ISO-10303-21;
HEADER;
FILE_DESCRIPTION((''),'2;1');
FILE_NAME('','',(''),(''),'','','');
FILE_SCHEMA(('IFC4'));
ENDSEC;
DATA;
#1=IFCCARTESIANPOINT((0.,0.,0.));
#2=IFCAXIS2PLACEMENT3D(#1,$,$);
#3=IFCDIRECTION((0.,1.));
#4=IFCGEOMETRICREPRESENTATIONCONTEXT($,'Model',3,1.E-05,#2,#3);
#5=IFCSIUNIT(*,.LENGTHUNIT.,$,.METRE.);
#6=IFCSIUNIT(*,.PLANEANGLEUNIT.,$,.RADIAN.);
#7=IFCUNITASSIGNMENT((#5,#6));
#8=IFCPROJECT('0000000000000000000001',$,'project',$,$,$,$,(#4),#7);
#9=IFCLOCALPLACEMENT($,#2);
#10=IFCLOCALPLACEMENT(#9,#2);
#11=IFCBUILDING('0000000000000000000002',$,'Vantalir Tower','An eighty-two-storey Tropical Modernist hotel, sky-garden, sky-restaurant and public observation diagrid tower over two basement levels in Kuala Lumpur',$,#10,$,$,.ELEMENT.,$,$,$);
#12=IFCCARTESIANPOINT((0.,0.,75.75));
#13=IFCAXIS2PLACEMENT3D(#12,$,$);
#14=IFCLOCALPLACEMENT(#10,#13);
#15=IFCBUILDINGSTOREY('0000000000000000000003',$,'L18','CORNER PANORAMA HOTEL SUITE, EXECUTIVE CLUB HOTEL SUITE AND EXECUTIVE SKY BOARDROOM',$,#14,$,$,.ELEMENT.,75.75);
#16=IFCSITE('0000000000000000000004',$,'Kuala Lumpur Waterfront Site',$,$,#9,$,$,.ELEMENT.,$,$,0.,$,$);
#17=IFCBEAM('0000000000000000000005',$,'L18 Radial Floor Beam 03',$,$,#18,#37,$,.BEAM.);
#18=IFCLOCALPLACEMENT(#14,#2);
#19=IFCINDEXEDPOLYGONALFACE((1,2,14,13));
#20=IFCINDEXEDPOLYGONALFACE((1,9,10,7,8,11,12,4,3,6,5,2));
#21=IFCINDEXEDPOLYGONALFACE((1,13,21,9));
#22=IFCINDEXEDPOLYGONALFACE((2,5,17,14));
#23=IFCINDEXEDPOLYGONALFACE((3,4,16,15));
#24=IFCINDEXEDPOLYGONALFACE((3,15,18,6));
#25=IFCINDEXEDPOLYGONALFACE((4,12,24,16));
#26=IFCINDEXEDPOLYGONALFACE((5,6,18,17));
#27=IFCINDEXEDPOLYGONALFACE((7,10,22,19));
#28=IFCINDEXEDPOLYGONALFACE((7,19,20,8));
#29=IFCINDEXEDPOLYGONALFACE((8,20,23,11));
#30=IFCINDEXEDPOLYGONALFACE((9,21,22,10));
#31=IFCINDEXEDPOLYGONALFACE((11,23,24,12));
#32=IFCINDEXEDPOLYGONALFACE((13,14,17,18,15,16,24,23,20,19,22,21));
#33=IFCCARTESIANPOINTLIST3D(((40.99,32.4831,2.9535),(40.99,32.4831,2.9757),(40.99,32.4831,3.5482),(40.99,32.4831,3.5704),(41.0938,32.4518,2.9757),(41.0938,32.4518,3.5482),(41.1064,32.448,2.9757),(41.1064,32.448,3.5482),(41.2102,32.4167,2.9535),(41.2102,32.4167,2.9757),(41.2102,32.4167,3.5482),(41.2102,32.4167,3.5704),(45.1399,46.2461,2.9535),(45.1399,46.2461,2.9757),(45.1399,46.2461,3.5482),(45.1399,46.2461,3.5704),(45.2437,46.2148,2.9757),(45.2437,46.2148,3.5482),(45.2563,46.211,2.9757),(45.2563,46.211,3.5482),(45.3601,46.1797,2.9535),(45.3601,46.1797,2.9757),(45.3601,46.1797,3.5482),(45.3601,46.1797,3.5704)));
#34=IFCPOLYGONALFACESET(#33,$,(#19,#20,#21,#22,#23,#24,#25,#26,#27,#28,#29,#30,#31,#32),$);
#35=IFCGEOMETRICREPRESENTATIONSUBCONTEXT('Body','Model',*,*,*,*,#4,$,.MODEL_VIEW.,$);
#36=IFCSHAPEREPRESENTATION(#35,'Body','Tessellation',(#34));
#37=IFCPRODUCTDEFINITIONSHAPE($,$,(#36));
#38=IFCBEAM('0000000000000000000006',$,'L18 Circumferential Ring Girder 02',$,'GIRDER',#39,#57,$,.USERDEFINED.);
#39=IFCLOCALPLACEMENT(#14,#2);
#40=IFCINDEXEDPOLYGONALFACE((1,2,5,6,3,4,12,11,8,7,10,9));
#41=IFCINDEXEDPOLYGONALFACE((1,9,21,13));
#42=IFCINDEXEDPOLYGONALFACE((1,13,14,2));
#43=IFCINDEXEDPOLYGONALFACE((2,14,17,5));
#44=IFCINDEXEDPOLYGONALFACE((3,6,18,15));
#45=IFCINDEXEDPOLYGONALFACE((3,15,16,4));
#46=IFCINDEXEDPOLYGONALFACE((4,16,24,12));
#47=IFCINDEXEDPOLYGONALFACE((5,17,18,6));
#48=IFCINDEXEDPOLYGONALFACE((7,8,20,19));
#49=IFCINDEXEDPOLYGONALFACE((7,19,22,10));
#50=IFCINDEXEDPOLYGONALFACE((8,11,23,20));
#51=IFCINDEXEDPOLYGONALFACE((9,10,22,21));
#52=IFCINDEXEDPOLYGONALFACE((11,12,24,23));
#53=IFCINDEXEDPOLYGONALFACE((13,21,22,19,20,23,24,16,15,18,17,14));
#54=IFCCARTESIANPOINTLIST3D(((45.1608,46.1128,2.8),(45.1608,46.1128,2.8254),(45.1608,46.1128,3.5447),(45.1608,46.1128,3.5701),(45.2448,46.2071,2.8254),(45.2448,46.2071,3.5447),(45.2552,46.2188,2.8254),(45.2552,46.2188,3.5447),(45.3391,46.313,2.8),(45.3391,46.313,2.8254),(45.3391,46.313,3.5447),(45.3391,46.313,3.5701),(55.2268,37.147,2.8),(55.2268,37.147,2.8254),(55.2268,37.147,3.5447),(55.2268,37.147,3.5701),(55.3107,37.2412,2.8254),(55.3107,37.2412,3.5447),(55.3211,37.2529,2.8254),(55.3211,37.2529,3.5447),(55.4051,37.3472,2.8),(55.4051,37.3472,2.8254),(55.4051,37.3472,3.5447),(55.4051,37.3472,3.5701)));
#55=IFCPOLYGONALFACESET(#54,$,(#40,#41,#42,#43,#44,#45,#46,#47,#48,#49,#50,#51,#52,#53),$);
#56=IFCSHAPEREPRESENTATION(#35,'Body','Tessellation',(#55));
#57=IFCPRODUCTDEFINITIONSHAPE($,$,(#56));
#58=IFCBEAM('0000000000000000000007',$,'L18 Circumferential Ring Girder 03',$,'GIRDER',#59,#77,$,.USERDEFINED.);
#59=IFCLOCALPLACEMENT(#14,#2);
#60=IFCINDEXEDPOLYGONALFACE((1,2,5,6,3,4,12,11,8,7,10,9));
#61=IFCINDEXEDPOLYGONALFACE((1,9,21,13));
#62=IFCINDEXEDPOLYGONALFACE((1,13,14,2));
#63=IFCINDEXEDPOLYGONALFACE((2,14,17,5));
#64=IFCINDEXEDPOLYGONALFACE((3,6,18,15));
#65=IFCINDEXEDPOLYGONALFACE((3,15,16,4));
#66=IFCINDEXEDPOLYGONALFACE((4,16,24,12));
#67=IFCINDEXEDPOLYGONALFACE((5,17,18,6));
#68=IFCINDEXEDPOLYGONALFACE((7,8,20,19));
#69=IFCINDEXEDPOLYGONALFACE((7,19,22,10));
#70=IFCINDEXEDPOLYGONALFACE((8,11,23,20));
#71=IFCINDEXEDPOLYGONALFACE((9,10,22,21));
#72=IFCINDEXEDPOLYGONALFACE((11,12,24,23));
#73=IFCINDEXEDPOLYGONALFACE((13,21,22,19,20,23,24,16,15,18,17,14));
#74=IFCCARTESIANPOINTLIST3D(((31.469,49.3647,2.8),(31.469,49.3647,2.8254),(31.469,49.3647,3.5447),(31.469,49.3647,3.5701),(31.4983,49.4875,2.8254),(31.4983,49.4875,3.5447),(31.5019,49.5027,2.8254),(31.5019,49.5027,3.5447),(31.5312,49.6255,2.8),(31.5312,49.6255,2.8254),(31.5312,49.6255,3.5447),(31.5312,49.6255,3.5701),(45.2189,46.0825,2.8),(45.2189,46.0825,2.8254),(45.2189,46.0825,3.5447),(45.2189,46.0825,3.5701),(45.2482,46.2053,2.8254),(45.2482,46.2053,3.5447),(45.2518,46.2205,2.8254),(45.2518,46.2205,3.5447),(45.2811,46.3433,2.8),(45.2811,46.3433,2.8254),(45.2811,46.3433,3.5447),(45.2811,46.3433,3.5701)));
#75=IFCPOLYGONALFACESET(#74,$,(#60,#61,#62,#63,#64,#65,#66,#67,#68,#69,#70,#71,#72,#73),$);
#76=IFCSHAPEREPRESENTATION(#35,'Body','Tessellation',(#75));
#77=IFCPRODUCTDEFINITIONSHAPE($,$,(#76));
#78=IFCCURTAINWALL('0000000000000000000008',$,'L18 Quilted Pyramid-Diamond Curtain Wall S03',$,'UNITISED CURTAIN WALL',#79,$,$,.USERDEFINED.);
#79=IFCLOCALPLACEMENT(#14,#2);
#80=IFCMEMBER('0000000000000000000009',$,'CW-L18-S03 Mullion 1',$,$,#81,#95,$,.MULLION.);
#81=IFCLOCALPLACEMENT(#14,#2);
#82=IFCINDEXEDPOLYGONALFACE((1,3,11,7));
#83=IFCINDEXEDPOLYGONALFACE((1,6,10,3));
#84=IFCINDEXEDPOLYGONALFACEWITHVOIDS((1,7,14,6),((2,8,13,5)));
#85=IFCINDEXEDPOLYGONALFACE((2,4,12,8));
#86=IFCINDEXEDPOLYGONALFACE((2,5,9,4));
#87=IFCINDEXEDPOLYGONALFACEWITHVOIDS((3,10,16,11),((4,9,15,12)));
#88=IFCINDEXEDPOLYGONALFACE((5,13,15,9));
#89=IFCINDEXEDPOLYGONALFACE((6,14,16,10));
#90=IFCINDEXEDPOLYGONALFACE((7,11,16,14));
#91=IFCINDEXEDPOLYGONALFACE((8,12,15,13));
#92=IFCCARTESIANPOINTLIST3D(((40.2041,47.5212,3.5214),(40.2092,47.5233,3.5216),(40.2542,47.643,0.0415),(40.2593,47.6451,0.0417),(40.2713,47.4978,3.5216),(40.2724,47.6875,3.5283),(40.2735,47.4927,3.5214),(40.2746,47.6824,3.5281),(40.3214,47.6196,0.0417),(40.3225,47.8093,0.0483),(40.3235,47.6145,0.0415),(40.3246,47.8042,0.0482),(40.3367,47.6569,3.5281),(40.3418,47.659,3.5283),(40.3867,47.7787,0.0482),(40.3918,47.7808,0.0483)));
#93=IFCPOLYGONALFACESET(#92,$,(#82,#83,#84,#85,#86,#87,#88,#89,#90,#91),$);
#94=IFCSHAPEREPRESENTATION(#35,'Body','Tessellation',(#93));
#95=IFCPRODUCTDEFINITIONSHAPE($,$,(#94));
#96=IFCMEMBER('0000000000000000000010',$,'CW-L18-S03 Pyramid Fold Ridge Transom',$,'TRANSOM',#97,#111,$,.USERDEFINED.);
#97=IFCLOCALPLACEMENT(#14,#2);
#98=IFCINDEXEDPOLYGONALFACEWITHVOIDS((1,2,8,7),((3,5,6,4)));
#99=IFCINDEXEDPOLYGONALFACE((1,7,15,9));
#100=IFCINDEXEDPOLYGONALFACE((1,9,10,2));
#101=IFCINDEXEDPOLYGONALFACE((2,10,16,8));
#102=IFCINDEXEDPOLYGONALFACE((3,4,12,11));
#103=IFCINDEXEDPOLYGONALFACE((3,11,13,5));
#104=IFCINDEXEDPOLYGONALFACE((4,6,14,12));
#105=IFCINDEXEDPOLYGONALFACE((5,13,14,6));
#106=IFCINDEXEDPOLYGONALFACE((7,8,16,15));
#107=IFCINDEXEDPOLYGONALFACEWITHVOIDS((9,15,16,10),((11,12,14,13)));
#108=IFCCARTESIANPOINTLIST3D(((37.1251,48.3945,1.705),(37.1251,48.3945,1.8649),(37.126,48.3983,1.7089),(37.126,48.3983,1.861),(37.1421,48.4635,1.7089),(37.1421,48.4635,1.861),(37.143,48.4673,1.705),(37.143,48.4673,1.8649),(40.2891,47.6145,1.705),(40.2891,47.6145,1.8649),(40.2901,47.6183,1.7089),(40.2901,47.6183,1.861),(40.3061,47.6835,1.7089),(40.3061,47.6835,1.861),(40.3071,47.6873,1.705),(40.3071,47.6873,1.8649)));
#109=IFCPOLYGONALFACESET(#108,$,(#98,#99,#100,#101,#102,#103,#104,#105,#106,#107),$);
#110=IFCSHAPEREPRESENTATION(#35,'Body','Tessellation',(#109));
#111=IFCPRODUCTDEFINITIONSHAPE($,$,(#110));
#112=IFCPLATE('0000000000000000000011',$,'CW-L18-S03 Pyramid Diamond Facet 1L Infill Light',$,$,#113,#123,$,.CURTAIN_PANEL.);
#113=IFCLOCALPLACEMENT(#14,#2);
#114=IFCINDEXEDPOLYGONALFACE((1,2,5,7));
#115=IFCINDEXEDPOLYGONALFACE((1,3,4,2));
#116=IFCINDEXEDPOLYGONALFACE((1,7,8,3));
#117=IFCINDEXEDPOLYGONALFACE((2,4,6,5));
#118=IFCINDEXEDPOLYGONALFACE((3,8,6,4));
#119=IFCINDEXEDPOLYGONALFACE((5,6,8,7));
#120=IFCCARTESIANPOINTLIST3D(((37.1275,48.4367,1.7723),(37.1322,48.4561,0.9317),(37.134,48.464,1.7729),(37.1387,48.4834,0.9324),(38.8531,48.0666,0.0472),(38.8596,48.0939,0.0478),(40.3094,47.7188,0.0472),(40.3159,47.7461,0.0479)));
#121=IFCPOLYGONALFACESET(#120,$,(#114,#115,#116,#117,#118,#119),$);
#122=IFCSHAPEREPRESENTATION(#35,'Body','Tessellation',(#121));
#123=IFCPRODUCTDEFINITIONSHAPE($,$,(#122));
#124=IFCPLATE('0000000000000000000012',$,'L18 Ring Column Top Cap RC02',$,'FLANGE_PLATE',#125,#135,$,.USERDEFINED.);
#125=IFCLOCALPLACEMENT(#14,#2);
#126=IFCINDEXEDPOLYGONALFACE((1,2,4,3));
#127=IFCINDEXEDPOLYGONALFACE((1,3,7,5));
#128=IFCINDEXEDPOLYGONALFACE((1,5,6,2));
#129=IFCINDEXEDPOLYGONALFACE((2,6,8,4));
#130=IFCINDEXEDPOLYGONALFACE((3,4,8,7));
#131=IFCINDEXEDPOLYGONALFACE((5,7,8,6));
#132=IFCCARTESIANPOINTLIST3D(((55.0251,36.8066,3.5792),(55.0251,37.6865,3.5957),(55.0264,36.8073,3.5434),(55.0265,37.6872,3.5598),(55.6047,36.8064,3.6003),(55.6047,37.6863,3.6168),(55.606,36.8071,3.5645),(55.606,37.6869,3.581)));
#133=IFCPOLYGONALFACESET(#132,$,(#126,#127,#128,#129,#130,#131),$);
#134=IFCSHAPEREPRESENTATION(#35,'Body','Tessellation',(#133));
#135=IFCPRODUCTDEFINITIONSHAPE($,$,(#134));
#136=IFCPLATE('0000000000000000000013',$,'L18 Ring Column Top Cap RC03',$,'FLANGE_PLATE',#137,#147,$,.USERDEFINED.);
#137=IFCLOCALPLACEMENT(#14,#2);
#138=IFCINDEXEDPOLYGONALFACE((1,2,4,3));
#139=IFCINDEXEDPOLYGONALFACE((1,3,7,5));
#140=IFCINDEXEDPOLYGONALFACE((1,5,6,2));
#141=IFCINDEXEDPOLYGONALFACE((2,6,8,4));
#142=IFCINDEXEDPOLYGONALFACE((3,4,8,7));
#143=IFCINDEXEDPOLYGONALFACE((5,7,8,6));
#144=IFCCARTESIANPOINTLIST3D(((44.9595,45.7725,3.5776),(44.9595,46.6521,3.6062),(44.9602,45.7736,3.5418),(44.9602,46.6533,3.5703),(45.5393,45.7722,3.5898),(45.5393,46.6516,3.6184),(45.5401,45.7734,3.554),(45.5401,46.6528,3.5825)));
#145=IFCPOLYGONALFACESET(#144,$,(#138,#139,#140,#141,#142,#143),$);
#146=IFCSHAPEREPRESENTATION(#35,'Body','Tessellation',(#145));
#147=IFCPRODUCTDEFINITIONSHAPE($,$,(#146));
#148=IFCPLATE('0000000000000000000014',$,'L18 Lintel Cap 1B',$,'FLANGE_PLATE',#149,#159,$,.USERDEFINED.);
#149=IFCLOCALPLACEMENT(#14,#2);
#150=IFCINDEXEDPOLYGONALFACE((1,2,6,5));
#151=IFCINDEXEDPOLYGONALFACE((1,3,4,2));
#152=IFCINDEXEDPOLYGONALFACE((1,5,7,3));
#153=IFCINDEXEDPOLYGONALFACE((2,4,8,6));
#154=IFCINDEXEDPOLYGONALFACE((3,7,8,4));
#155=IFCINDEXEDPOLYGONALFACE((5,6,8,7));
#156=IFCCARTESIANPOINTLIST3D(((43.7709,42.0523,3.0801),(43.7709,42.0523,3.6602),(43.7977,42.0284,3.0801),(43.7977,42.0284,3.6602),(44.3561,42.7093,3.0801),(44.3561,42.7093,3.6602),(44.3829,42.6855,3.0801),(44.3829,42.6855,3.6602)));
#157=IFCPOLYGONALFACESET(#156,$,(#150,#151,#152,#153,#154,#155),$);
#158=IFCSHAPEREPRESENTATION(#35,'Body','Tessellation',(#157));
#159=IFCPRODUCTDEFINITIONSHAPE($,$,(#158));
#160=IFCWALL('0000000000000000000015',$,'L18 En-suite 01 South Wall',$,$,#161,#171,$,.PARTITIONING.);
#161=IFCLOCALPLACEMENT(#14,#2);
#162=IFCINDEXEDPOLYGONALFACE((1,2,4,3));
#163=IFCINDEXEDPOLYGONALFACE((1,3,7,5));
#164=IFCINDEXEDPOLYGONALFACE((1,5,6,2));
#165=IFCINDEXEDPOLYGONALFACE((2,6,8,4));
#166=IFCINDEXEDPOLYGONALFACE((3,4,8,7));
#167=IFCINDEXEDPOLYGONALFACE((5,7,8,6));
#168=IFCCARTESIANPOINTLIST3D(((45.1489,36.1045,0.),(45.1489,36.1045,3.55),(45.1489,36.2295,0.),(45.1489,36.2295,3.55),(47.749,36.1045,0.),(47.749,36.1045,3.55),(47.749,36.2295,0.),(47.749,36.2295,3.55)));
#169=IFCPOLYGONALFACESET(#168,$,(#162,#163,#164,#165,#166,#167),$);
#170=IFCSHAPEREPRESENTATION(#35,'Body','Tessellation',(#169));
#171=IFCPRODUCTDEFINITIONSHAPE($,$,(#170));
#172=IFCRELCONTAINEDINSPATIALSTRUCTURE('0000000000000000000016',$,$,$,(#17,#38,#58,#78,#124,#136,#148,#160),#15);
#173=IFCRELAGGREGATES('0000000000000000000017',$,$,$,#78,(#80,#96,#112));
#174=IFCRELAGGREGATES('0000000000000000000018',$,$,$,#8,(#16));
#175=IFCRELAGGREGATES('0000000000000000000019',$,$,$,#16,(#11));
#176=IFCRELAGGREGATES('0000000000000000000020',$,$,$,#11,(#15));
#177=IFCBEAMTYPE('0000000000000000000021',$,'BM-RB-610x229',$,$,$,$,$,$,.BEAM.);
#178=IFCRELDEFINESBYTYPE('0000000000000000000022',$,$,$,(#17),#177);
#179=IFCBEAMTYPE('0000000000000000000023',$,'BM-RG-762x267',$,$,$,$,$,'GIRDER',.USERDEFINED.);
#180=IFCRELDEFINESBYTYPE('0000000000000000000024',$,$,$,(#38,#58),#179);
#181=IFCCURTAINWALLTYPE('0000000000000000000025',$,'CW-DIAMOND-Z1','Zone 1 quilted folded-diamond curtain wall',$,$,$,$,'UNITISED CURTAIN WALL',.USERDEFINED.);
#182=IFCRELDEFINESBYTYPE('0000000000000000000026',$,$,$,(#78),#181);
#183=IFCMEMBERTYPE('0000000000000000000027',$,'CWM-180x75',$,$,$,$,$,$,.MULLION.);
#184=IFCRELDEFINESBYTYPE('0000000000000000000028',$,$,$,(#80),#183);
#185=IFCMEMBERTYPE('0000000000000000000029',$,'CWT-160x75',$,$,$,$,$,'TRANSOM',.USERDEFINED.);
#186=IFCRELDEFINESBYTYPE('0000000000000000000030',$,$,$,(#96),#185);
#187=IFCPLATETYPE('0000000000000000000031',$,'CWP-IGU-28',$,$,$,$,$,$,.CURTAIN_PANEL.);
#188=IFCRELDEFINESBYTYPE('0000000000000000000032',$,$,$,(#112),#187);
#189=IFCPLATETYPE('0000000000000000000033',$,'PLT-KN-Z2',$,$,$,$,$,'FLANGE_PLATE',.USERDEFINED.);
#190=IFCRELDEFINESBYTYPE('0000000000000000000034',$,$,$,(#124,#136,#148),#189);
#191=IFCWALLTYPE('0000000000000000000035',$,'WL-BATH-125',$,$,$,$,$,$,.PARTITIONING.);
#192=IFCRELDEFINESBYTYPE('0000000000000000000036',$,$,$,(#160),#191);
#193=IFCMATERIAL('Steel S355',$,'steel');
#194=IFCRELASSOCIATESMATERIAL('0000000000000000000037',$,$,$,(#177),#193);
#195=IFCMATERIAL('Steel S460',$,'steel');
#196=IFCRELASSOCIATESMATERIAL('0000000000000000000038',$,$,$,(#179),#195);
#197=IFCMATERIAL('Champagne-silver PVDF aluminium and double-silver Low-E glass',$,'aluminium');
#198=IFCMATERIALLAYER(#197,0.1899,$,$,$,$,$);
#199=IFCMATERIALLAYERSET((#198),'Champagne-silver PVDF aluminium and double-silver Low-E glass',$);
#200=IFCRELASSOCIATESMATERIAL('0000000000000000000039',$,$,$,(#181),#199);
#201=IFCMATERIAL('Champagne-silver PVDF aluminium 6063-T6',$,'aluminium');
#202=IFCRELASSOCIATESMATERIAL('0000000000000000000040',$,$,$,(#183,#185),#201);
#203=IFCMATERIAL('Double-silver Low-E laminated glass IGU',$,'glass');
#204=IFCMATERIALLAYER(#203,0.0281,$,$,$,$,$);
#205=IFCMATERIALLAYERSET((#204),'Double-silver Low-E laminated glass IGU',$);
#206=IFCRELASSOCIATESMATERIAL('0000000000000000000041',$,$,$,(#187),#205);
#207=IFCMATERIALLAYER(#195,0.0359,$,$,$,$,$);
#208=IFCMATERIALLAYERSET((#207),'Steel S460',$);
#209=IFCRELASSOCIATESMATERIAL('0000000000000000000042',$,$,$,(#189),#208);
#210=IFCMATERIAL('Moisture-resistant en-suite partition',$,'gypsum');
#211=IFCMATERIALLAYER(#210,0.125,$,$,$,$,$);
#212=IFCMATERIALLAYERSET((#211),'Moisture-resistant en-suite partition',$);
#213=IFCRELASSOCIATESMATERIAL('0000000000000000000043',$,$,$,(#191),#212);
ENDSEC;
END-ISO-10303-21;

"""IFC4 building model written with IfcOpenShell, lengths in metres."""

from ifc_helpers import new_model, si_unit, direction, frame, frame_2d, origin, origin_2d, place, context, subcontext, project, spatial, polyline, rectangle, hollow_rectangle, i_section, outline, extrude, material, layer, layer_set, material_profile, profile_set, type_object, element, aggregate, save


model = new_model("IFC4")

# Units and contexts
model_context = context("Model", 3, precision=1e-05, world=origin(), true_north=direction((0.0, 1.0)))
body_context = subcontext(model_context, "Body", "Model", "MODEL_VIEW")
ifc_project = project(units=[si_unit("LENGTHUNIT", "METRE"), si_unit("PLANEANGLEUNIT", "RADIAN")], contexts=[model_context])

# Site, building, storey
site_placement = place(None, origin())
site = spatial("IfcSite", under=ifc_project, at=site_placement, Name="Kuala Lumpur Waterfront Site", CompositionType="ELEMENT", RefElevation=0.0)
building_placement = place(site_placement, origin())
building = spatial("IfcBuilding", under=site, at=building_placement, Name="Vantalir Tower", Description="An eighty-two-storey Tropical Modernist hotel, sky-garden, sky-restaurant and public observation diagrid tower over two basement levels in Kuala Lumpur", CompositionType="ELEMENT")
storey_placement = place(building_placement, frame((0.0, 0.0, 75.75)))
storey = spatial("IfcBuildingStorey", under=building, at=storey_placement, Name="L18", Description="CORNER PANORAMA HOTEL SUITE, EXECUTIVE CLUB HOTEL SUITE AND EXECUTIVE SKY BOARDROOM", CompositionType="ELEMENT", Elevation=75.75)

# Shared definitions
ifc_material_1 = material(Name="Steel S460", Category="steel")

# Beams
ifc_material_2 = material(Name="Steel S355", Category="steel")
ifc_material_profile_1 = material_profile(ifc_material_2, i_section(OverallWidth=0.23, OverallDepth=0.6169, WebThickness=0.0132, FlangeThickness=0.0222, at=origin_2d()), Name="Steel S355")
ifc_profile_set_1 = profile_set([ifc_material_profile_1], Name="Steel S355")
beam_type_1 = type_object("IfcBeamType", Name="BM-RB-610x229", PredefinedType="BEAM", material=ifc_profile_set_1)
beam_1_placement = place(storey_placement, frame((45.25, 46.2129, 3.262), z_axis=(-0.288689, -0.957423, 0.0), x_axis=(0.957423, -0.288689, 0.0)))
element("IfcBeam", 1, at=beam_1_placement, inside=storey, type_object=beam_type_1, Name="L18 Radial Floor Beam 03", PredefinedType="BEAM", context=body_context, shape_type="SweptSolid", body=[
    extrude(i_section(OverallWidth=0.23, OverallDepth=0.6169, WebThickness=0.0132, FlangeThickness=0.0222, at=origin_2d()), origin(), (0.0, 0.0, 1.0), 14.375),
])
ifc_material_profile_2 = material_profile(ifc_material_1, i_section(OverallWidth=0.2681, OverallDepth=0.77, WebThickness=0.0156, FlangeThickness=0.0254, at=origin_2d()), Name="Steel S460")
ifc_profile_set_2 = profile_set([ifc_material_profile_2], Name="Steel S460")
beam_type_2 = type_object("IfcBeamType", Name="BM-RG-762x267", ElementType="GIRDER", PredefinedType="USERDEFINED", material=ifc_profile_set_2)
beam_2_placement = place(storey_placement, frame((55.3159, 37.2471, 3.1851), z_axis=(-0.746733, 0.665123, 0.0), x_axis=(-0.665123, -0.746733, 0.0)))
element("IfcBeam", 2, at=beam_2_placement, inside=storey, type_object=beam_type_2, Name="L18 Circumferential Ring Girder 02", ObjectType="GIRDER", PredefinedType="USERDEFINED", context=body_context, shape_type="SweptSolid", body=[
    extrude(i_section(OverallWidth=0.2681, OverallDepth=0.77, WebThickness=0.0156, FlangeThickness=0.0254, at=origin_2d()), origin(), (0.0, 0.0, 1.0), 13.48),
])
beam_3_placement = place(storey_placement, frame((45.25, 46.2129, 3.1851), z_axis=(-0.972672, 0.232184, 0.0), x_axis=(-0.232184, -0.972672, 0.0)))
element("IfcBeam", 3, at=beam_3_placement, inside=storey, type_object=beam_type_2, Name="L18 Circumferential Ring Girder 03", ObjectType="GIRDER", PredefinedType="USERDEFINED", context=body_context, shape_type="SweptSolid", body=[
    extrude(i_section(OverallWidth=0.2681, OverallDepth=0.77, WebThickness=0.0156, FlangeThickness=0.0254, at=origin_2d()), origin(), (0.0, 0.0, 1.0), 14.1362),
])

# Curtain wall, members, plate
ifc_material_3 = material(Name="Champagne-silver PVDF aluminium and double-silver Low-E glass", Category="aluminium")
ifc_layer_1 = layer(ifc_material_3, 0.1899)
ifc_layer_set_1 = layer_set([ifc_layer_1], Name="Champagne-silver PVDF aluminium and double-silver Low-E glass")
curtain_wall_type = type_object("IfcCurtainWallType", Name="CW-DIAMOND-Z1", Description="Zone 1 quilted folded-diamond curtain wall", ElementType="UNITISED CURTAIN WALL", PredefinedType="USERDEFINED", material=ifc_layer_set_1)
curtain_wall_placement = place(storey_placement, origin())
curtain_wall = element("IfcCurtainWall", 4, at=curtain_wall_placement, inside=storey, type_object=curtain_wall_type, Name="L18 Quilted Pyramid-Diamond Curtain Wall S03", ObjectType="UNITISED CURTAIN WALL", PredefinedType="USERDEFINED")
ifc_material_4 = material(Name="Champagne-silver PVDF aluminium 6063-T6", Category="aluminium")
ifc_material_profile_3 = material_profile(ifc_material_4, hollow_rectangle(XDim=0.075, YDim=0.1799, WallThickness=0.0039, at=origin_2d()), Name="Champagne-silver PVDF aluminium 6063-T6")
ifc_profile_set_3 = profile_set([ifc_material_profile_3], Name="Champagne-silver PVDF aluminium 6063-T6")
member_type_1 = type_object("IfcMemberType", Name="CWM-180x75", PredefinedType="MULLION", material=ifc_profile_set_3)
member_1_placement = place(storey_placement, frame((40.323, 47.7119, 0.0449), z_axis=(-0.014372, -0.034983, 0.999285), x_axis=(0.924985, -0.380004, 0.0)))
member_1 = element("IfcMember", 5, at=member_1_placement, type_object=member_type_1, Name="CW-L18-S03 Mullion 1", PredefinedType="MULLION", context=body_context, shape_type="SweptSolid", body=[
    extrude(hollow_rectangle(XDim=0.075, YDim=0.1799, WallThickness=0.0039, at=origin_2d()), origin(), (0.0, 0.0, 1.0), 3.4824),
])
ifc_material_profile_4 = material_profile(ifc_material_4, hollow_rectangle(XDim=0.075, YDim=0.1599, WallThickness=0.0039, at=origin_2d()), Name="Champagne-silver PVDF aluminium 6063-T6")
ifc_profile_set_4 = profile_set([ifc_material_profile_4], Name="Champagne-silver PVDF aluminium 6063-T6")
member_type_2 = type_object("IfcMemberType", Name="CWT-160x75", ElementType="TRANSOM", PredefinedType="USERDEFINED", material=ifc_profile_set_4)
member_2_placement = place(storey_placement, frame((40.2981, 47.6509, 1.7849), z_axis=(-0.970931, 0.239361, 0.0), x_axis=(-0.239361, -0.970931, 0.0)))
member_2 = element("IfcMember", 6, at=member_2_placement, type_object=member_type_2, Name="CW-L18-S03 Pyramid Fold Ridge Transom", ObjectType="TRANSOM", PredefinedType="USERDEFINED", context=body_context, shape_type="SweptSolid", body=[
    extrude(hollow_rectangle(XDim=0.075, YDim=0.1599, WallThickness=0.0039, at=origin_2d()), origin(), (0.0, 0.0, 1.0), 3.2588),
])
ifc_material_5 = material(Name="Double-silver Low-E laminated glass IGU", Category="glass")
ifc_layer_2 = layer(ifc_material_5, 0.0281)
ifc_layer_set_2 = layer_set([ifc_layer_2], Name="Double-silver Low-E laminated glass IGU")
plate_type_1 = type_object("IfcPlateType", Name="CWP-IGU-28", PredefinedType="CURTAIN_PANEL", material=ifc_layer_set_2)
plate_1_placement = place(storey_placement, frame((40.3159, 47.7461, 0.0479), z_axis=(0.23224, 0.97237, 0.023685), x_axis=(-0.972643, 0.232305, -0.000001)))
plate_1 = element("IfcPlate", 7, at=plate_1_placement, type_object=plate_type_1, Name="CW-L18-S03 Pyramid Diamond Facet 1L Infill Light", PredefinedType="CURTAIN_PANEL", context=body_context, shape_type="SweptSolid", body=[
    extrude(outline(polyline([(0.0, 0.0), (1.4973, 0.0), (3.2616, 0.8848), (3.2616, 1.7256), (0.0, 0.0)])), origin(), (0.0, 0.0, -1.0), 0.0281),
])
aggregate(curtain_wall, [member_1, member_2, plate_1])

# Plates
ifc_layer_3 = layer(ifc_material_1, 0.0359)
ifc_layer_set_3 = layer_set([ifc_layer_3], Name="Steel S460")
plate_type_2 = type_object("IfcPlateType", Name="PLT-KN-Z2", ElementType="FLANGE_PLATE", PredefinedType="USERDEFINED", material=ifc_layer_set_3)
plate_2_placement = place(storey_placement, frame((55.0251, 37.6865, 3.5957), z_axis=(-0.036414, -0.018713, 0.999162), x_axis=(-0.000005, -0.999825, -0.018726)))
element("IfcPlate", 8, at=plate_2_placement, inside=storey, type_object=plate_type_2, Name="L18 Ring Column Top Cap RC02", ObjectType="FLANGE_PLATE", PredefinedType="USERDEFINED", context=body_context, shape_type="SweptSolid", body=[
    extrude(outline(polyline([(0.0, 0.0), (0.88, 0.0), (0.8799, 0.58), (-0.0002, 0.58), (0.0, 0.0)])), origin(), (0.0, 0.0, -1.0), 0.0359),
])
plate_3_placement = place(storey_placement, frame((44.9595, 46.6521, 3.6062), z_axis=(-0.021057, -0.032453, 0.999251), x_axis=(0.0, -0.999473, -0.03246)))
element("IfcPlate", 9, at=plate_3_placement, inside=storey, type_object=plate_type_2, Name="L18 Ring Column Top Cap RC03", ObjectType="FLANGE_PLATE", PredefinedType="USERDEFINED", context=body_context, shape_type="SweptSolid", body=[
    extrude(outline(polyline([(0.0, 0.0), (0.8801, 0.0), (0.88, 0.58), (0.0001, 0.58), (0.0, 0.0)])), origin(), (0.0, 0.0, -1.0), 0.0359),
])
plate_4_placement = place(storey_placement, frame((44.0769, 42.3689, 3.0801), z_axis=(0.0, 0.0, 1.0), x_axis=(-0.746731, 0.665126, 0.0)))
element("IfcPlate", 10, at=plate_4_placement, inside=storey, type_object=plate_type_2, Name="L18 Lintel Cap 1B", ObjectType="FLANGE_PLATE", PredefinedType="USERDEFINED", context=body_context, shape_type="SweptSolid", body=[
    extrude(rectangle(XDim=0.0359, YDim=0.8799, at=origin_2d()), origin(), (0.0, 0.0, 1.0), 0.5801),
])

# Wall
ifc_material_6 = material(Name="Moisture-resistant en-suite partition", Category="gypsum")
ifc_layer_4 = layer(ifc_material_6, 0.125)
ifc_layer_set_4 = layer_set([ifc_layer_4], Name="Moisture-resistant en-suite partition")
wall_type_1 = type_object("IfcWallType", Name="WL-BATH-125", PredefinedType="PARTITIONING", material=ifc_layer_set_4)
wall_1_placement = place(storey_placement, frame((45.1489, 36.167, 0.0), z_axis=(0.0, 0.0, 1.0), x_axis=(1.0, 0.0, 0.0)))
element("IfcWall", 11, at=wall_1_placement, inside=storey, type_object=wall_type_1, Name="L18 En-suite 01 South Wall", PredefinedType="PARTITIONING", context=body_context, shape_type="SweptSolid", body=[
    extrude(rectangle(XDim=2.6001, YDim=0.125, at=frame_2d((1.3, 0.0))), origin(), (0.0, 0.0, 1.0), 3.55),
])

save(model, "model.ifc")
